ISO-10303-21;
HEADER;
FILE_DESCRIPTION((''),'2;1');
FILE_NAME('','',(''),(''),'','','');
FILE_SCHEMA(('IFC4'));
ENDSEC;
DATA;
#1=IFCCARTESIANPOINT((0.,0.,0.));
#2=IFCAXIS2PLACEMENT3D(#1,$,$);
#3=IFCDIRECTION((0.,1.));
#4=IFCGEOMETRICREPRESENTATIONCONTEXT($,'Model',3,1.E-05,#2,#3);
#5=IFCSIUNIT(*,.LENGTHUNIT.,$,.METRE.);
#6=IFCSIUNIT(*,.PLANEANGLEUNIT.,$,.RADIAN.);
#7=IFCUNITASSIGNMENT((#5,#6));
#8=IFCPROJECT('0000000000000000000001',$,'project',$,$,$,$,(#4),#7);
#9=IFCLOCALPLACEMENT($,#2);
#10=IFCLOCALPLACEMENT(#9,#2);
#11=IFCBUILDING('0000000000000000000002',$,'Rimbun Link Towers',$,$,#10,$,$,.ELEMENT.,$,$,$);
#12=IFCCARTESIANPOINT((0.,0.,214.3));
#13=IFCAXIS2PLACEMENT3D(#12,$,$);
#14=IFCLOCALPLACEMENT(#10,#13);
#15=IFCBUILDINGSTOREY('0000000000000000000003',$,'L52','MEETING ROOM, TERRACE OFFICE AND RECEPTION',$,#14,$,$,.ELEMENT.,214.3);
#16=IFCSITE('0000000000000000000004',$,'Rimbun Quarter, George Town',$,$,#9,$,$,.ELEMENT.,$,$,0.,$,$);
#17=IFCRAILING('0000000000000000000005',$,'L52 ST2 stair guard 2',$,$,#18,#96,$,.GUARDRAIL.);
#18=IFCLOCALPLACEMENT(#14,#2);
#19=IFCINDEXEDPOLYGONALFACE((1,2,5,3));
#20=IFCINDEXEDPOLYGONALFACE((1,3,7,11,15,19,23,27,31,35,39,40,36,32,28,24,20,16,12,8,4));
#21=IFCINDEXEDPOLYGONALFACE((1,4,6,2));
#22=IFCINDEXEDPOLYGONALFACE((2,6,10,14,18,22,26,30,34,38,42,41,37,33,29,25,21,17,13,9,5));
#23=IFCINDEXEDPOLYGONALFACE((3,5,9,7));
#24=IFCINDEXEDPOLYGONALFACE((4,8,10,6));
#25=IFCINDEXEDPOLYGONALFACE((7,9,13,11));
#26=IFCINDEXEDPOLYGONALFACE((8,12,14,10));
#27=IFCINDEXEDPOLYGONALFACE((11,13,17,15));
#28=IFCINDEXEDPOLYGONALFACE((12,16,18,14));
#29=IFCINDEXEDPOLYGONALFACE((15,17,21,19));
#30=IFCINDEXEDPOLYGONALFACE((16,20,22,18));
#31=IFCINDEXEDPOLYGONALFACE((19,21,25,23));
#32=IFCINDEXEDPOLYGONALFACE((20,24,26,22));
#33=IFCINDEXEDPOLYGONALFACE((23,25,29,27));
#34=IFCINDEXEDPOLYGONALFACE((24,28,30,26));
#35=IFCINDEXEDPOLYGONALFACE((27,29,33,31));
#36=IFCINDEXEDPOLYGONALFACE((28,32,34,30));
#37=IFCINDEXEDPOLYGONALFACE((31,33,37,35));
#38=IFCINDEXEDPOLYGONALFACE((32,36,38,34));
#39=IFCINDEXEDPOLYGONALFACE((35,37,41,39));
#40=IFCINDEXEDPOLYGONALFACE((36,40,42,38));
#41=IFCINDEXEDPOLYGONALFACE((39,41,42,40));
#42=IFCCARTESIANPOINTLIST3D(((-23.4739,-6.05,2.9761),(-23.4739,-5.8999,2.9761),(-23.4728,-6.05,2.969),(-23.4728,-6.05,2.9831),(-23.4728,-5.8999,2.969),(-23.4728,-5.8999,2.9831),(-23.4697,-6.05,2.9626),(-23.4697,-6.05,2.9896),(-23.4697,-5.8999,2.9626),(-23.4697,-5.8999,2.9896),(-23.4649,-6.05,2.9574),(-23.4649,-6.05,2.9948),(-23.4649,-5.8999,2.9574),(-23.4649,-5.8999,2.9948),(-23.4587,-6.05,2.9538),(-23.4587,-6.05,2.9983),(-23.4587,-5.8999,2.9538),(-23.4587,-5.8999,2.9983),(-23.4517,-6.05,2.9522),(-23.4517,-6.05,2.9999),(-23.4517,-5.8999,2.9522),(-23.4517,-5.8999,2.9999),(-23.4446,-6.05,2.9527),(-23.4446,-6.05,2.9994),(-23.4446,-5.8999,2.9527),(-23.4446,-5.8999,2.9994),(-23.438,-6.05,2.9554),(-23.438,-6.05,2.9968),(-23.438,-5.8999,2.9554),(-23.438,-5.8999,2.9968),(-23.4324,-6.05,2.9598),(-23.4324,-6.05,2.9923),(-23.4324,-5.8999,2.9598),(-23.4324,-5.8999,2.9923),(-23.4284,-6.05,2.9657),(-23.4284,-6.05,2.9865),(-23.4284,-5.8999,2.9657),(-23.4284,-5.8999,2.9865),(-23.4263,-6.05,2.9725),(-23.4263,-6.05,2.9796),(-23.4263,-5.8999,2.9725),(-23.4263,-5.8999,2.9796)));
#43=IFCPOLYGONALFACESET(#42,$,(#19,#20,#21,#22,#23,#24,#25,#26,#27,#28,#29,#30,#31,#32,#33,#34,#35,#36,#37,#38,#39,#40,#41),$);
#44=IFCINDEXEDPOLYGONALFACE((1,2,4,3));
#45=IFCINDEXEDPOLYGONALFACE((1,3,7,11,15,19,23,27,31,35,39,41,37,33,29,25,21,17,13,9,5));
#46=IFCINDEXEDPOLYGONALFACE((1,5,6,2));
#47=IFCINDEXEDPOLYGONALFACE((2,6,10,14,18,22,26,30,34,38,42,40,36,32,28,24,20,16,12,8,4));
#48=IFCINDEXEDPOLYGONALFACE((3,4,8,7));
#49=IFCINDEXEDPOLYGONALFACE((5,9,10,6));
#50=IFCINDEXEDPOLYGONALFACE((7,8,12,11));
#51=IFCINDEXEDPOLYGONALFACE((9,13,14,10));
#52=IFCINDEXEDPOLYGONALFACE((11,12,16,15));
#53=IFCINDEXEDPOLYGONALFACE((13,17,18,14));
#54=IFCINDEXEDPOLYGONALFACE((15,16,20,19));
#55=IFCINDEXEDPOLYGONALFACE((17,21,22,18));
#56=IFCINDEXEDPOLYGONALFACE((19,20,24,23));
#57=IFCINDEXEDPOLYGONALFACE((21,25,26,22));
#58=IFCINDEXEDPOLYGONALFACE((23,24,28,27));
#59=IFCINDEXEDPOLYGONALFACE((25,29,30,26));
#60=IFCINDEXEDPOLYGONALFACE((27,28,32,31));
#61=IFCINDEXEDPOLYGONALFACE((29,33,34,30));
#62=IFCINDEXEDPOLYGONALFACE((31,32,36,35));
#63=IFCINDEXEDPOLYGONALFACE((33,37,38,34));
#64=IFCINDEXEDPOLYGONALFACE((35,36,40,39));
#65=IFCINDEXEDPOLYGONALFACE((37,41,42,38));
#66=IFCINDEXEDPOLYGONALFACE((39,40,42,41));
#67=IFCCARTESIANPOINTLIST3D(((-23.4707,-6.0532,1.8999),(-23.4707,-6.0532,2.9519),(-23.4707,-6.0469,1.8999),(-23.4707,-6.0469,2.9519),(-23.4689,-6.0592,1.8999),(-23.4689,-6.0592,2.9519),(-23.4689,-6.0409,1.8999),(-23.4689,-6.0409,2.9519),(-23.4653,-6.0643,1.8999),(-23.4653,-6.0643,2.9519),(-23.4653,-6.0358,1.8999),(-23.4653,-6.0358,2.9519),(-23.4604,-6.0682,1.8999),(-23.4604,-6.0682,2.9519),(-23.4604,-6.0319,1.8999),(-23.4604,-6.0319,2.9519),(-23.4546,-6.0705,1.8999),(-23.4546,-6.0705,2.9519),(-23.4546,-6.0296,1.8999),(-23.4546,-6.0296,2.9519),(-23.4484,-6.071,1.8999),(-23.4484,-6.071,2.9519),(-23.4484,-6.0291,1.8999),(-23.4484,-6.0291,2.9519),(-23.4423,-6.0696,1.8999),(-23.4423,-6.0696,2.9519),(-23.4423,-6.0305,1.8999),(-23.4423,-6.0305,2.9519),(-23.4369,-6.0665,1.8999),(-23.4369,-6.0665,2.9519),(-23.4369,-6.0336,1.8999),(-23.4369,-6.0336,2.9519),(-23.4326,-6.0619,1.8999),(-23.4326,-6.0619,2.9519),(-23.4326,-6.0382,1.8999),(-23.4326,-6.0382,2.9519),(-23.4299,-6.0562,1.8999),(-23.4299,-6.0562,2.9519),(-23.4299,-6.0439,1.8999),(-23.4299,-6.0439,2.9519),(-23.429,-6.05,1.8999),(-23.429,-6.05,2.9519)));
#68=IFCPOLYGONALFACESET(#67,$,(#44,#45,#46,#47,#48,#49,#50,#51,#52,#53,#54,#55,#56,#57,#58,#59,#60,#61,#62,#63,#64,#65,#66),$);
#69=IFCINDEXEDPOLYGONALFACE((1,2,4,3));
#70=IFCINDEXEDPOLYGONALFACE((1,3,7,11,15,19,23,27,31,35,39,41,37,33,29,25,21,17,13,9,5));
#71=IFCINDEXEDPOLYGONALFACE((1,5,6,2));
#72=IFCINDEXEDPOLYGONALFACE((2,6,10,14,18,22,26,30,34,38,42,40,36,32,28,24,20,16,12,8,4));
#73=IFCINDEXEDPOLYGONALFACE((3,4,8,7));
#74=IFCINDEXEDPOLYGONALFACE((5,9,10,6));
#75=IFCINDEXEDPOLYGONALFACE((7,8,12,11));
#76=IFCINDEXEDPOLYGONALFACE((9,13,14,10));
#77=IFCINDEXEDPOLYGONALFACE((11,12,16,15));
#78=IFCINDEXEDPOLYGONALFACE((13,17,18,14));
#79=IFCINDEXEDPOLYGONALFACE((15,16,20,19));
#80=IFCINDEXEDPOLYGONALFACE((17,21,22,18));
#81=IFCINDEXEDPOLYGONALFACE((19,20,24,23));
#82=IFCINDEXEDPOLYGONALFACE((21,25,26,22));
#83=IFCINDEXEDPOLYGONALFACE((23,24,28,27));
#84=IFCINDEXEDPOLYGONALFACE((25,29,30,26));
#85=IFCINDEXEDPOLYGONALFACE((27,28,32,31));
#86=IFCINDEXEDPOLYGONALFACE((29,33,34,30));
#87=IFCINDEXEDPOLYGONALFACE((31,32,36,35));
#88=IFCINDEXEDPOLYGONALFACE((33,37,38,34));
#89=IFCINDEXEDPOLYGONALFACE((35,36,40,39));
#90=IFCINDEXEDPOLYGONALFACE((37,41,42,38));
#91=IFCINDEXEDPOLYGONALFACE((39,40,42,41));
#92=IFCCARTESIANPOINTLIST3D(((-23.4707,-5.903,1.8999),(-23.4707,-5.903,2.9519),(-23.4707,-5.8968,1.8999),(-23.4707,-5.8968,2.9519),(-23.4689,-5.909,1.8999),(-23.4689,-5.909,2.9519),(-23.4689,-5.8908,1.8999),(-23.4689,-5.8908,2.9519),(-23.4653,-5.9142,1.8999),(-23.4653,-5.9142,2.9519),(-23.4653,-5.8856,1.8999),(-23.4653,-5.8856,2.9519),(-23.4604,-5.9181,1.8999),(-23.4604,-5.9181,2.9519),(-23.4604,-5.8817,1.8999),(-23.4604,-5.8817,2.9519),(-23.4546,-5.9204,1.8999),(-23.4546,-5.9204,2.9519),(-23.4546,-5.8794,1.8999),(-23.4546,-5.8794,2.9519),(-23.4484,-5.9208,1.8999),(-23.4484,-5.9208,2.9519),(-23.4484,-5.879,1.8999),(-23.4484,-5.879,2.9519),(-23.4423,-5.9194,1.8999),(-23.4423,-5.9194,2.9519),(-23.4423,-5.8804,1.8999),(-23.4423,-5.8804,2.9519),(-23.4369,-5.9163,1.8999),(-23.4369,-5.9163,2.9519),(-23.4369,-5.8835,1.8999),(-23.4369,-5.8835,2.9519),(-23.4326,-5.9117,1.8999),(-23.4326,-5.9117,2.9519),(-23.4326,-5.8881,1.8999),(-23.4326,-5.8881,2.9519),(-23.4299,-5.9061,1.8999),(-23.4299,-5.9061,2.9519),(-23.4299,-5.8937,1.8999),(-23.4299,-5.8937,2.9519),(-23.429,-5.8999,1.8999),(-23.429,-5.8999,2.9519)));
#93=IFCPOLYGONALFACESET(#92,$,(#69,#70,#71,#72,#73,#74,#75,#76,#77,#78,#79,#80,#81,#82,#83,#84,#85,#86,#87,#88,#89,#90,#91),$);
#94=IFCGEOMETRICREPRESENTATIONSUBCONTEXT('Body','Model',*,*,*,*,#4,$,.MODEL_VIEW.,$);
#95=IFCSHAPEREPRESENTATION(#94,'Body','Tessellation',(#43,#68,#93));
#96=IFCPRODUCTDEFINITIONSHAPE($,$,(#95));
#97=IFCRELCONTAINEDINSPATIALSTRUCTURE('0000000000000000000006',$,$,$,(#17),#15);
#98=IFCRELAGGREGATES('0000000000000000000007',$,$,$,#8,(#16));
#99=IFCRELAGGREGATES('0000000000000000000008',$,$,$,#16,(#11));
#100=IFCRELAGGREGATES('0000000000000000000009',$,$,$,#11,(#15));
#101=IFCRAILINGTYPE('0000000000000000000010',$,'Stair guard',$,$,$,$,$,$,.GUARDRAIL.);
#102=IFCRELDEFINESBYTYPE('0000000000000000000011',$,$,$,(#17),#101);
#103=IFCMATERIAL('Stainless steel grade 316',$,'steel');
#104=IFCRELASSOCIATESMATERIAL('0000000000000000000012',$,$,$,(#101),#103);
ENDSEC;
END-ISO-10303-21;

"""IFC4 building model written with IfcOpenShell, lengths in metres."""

from ifc_helpers import new_model, si_unit, direction, frame, origin, origin_2d, place, context, subcontext, project, spatial, circle, extrude, material, type_object, element, save


model = new_model("IFC4")

# Units and contexts
model_context = context("Model", 3, precision=1e-05, world=origin(), true_north=direction((0.0, 1.0)))
body_context = subcontext(model_context, "Body", "Model", "MODEL_VIEW")
ifc_project = project(units=[si_unit("LENGTHUNIT", "METRE"), si_unit("PLANEANGLEUNIT", "RADIAN")], contexts=[model_context])

# Site, building, storey
site_placement = place(None, origin())
site = spatial("IfcSite", under=ifc_project, at=site_placement, Name="Rimbun Quarter, George Town", CompositionType="ELEMENT", RefElevation=0.0)
building_placement = place(site_placement, origin())
building = spatial("IfcBuilding", under=site, at=building_placement, Name="Rimbun Link Towers", CompositionType="ELEMENT")
storey_placement = place(building_placement, frame((0.0, 0.0, 214.3)))
storey = spatial("IfcBuildingStorey", under=building, at=storey_placement, Name="L52", Description="MEETING ROOM, TERRACE OFFICE AND RECEPTION", CompositionType="ELEMENT", Elevation=214.3)

# Railing
ifc_material_1 = material(Name="Stainless steel grade 316", Category="steel")
railing_type_1 = type_object("IfcRailingType", Name="Stair guard", PredefinedType="GUARDRAIL", material=ifc_material_1)
railing_1_placement = place(storey_placement, frame((-23.45, -6.05, 1.8999)))
element("IfcRailing", 1, at=railing_1_placement, inside=storey, type_object=railing_type_1, Name="L52 ST2 stair guard 2", PredefinedType="GUARDRAIL", context=body_context, shape_type="SweptSolid", body=[
    extrude(circle(Radius=0.0239, at=origin_2d()), frame((0.0, 0.0, 1.0762), z_axis=(0.0, 1.0, 0.0), x_axis=(-1.0, 0.0, 0.0)), (0.0, 0.0, 1.0), 0.1501),
    extrude(circle(Radius=0.021, at=origin_2d()), origin(), (0.0, 0.0, 1.0), 1.052),
    extrude(circle(Radius=0.021, at=origin_2d()), frame((0.0, 0.1501, 0.0)), (0.0, 0.0, 1.0), 1.052),
])

save(model, "model.ifc")
